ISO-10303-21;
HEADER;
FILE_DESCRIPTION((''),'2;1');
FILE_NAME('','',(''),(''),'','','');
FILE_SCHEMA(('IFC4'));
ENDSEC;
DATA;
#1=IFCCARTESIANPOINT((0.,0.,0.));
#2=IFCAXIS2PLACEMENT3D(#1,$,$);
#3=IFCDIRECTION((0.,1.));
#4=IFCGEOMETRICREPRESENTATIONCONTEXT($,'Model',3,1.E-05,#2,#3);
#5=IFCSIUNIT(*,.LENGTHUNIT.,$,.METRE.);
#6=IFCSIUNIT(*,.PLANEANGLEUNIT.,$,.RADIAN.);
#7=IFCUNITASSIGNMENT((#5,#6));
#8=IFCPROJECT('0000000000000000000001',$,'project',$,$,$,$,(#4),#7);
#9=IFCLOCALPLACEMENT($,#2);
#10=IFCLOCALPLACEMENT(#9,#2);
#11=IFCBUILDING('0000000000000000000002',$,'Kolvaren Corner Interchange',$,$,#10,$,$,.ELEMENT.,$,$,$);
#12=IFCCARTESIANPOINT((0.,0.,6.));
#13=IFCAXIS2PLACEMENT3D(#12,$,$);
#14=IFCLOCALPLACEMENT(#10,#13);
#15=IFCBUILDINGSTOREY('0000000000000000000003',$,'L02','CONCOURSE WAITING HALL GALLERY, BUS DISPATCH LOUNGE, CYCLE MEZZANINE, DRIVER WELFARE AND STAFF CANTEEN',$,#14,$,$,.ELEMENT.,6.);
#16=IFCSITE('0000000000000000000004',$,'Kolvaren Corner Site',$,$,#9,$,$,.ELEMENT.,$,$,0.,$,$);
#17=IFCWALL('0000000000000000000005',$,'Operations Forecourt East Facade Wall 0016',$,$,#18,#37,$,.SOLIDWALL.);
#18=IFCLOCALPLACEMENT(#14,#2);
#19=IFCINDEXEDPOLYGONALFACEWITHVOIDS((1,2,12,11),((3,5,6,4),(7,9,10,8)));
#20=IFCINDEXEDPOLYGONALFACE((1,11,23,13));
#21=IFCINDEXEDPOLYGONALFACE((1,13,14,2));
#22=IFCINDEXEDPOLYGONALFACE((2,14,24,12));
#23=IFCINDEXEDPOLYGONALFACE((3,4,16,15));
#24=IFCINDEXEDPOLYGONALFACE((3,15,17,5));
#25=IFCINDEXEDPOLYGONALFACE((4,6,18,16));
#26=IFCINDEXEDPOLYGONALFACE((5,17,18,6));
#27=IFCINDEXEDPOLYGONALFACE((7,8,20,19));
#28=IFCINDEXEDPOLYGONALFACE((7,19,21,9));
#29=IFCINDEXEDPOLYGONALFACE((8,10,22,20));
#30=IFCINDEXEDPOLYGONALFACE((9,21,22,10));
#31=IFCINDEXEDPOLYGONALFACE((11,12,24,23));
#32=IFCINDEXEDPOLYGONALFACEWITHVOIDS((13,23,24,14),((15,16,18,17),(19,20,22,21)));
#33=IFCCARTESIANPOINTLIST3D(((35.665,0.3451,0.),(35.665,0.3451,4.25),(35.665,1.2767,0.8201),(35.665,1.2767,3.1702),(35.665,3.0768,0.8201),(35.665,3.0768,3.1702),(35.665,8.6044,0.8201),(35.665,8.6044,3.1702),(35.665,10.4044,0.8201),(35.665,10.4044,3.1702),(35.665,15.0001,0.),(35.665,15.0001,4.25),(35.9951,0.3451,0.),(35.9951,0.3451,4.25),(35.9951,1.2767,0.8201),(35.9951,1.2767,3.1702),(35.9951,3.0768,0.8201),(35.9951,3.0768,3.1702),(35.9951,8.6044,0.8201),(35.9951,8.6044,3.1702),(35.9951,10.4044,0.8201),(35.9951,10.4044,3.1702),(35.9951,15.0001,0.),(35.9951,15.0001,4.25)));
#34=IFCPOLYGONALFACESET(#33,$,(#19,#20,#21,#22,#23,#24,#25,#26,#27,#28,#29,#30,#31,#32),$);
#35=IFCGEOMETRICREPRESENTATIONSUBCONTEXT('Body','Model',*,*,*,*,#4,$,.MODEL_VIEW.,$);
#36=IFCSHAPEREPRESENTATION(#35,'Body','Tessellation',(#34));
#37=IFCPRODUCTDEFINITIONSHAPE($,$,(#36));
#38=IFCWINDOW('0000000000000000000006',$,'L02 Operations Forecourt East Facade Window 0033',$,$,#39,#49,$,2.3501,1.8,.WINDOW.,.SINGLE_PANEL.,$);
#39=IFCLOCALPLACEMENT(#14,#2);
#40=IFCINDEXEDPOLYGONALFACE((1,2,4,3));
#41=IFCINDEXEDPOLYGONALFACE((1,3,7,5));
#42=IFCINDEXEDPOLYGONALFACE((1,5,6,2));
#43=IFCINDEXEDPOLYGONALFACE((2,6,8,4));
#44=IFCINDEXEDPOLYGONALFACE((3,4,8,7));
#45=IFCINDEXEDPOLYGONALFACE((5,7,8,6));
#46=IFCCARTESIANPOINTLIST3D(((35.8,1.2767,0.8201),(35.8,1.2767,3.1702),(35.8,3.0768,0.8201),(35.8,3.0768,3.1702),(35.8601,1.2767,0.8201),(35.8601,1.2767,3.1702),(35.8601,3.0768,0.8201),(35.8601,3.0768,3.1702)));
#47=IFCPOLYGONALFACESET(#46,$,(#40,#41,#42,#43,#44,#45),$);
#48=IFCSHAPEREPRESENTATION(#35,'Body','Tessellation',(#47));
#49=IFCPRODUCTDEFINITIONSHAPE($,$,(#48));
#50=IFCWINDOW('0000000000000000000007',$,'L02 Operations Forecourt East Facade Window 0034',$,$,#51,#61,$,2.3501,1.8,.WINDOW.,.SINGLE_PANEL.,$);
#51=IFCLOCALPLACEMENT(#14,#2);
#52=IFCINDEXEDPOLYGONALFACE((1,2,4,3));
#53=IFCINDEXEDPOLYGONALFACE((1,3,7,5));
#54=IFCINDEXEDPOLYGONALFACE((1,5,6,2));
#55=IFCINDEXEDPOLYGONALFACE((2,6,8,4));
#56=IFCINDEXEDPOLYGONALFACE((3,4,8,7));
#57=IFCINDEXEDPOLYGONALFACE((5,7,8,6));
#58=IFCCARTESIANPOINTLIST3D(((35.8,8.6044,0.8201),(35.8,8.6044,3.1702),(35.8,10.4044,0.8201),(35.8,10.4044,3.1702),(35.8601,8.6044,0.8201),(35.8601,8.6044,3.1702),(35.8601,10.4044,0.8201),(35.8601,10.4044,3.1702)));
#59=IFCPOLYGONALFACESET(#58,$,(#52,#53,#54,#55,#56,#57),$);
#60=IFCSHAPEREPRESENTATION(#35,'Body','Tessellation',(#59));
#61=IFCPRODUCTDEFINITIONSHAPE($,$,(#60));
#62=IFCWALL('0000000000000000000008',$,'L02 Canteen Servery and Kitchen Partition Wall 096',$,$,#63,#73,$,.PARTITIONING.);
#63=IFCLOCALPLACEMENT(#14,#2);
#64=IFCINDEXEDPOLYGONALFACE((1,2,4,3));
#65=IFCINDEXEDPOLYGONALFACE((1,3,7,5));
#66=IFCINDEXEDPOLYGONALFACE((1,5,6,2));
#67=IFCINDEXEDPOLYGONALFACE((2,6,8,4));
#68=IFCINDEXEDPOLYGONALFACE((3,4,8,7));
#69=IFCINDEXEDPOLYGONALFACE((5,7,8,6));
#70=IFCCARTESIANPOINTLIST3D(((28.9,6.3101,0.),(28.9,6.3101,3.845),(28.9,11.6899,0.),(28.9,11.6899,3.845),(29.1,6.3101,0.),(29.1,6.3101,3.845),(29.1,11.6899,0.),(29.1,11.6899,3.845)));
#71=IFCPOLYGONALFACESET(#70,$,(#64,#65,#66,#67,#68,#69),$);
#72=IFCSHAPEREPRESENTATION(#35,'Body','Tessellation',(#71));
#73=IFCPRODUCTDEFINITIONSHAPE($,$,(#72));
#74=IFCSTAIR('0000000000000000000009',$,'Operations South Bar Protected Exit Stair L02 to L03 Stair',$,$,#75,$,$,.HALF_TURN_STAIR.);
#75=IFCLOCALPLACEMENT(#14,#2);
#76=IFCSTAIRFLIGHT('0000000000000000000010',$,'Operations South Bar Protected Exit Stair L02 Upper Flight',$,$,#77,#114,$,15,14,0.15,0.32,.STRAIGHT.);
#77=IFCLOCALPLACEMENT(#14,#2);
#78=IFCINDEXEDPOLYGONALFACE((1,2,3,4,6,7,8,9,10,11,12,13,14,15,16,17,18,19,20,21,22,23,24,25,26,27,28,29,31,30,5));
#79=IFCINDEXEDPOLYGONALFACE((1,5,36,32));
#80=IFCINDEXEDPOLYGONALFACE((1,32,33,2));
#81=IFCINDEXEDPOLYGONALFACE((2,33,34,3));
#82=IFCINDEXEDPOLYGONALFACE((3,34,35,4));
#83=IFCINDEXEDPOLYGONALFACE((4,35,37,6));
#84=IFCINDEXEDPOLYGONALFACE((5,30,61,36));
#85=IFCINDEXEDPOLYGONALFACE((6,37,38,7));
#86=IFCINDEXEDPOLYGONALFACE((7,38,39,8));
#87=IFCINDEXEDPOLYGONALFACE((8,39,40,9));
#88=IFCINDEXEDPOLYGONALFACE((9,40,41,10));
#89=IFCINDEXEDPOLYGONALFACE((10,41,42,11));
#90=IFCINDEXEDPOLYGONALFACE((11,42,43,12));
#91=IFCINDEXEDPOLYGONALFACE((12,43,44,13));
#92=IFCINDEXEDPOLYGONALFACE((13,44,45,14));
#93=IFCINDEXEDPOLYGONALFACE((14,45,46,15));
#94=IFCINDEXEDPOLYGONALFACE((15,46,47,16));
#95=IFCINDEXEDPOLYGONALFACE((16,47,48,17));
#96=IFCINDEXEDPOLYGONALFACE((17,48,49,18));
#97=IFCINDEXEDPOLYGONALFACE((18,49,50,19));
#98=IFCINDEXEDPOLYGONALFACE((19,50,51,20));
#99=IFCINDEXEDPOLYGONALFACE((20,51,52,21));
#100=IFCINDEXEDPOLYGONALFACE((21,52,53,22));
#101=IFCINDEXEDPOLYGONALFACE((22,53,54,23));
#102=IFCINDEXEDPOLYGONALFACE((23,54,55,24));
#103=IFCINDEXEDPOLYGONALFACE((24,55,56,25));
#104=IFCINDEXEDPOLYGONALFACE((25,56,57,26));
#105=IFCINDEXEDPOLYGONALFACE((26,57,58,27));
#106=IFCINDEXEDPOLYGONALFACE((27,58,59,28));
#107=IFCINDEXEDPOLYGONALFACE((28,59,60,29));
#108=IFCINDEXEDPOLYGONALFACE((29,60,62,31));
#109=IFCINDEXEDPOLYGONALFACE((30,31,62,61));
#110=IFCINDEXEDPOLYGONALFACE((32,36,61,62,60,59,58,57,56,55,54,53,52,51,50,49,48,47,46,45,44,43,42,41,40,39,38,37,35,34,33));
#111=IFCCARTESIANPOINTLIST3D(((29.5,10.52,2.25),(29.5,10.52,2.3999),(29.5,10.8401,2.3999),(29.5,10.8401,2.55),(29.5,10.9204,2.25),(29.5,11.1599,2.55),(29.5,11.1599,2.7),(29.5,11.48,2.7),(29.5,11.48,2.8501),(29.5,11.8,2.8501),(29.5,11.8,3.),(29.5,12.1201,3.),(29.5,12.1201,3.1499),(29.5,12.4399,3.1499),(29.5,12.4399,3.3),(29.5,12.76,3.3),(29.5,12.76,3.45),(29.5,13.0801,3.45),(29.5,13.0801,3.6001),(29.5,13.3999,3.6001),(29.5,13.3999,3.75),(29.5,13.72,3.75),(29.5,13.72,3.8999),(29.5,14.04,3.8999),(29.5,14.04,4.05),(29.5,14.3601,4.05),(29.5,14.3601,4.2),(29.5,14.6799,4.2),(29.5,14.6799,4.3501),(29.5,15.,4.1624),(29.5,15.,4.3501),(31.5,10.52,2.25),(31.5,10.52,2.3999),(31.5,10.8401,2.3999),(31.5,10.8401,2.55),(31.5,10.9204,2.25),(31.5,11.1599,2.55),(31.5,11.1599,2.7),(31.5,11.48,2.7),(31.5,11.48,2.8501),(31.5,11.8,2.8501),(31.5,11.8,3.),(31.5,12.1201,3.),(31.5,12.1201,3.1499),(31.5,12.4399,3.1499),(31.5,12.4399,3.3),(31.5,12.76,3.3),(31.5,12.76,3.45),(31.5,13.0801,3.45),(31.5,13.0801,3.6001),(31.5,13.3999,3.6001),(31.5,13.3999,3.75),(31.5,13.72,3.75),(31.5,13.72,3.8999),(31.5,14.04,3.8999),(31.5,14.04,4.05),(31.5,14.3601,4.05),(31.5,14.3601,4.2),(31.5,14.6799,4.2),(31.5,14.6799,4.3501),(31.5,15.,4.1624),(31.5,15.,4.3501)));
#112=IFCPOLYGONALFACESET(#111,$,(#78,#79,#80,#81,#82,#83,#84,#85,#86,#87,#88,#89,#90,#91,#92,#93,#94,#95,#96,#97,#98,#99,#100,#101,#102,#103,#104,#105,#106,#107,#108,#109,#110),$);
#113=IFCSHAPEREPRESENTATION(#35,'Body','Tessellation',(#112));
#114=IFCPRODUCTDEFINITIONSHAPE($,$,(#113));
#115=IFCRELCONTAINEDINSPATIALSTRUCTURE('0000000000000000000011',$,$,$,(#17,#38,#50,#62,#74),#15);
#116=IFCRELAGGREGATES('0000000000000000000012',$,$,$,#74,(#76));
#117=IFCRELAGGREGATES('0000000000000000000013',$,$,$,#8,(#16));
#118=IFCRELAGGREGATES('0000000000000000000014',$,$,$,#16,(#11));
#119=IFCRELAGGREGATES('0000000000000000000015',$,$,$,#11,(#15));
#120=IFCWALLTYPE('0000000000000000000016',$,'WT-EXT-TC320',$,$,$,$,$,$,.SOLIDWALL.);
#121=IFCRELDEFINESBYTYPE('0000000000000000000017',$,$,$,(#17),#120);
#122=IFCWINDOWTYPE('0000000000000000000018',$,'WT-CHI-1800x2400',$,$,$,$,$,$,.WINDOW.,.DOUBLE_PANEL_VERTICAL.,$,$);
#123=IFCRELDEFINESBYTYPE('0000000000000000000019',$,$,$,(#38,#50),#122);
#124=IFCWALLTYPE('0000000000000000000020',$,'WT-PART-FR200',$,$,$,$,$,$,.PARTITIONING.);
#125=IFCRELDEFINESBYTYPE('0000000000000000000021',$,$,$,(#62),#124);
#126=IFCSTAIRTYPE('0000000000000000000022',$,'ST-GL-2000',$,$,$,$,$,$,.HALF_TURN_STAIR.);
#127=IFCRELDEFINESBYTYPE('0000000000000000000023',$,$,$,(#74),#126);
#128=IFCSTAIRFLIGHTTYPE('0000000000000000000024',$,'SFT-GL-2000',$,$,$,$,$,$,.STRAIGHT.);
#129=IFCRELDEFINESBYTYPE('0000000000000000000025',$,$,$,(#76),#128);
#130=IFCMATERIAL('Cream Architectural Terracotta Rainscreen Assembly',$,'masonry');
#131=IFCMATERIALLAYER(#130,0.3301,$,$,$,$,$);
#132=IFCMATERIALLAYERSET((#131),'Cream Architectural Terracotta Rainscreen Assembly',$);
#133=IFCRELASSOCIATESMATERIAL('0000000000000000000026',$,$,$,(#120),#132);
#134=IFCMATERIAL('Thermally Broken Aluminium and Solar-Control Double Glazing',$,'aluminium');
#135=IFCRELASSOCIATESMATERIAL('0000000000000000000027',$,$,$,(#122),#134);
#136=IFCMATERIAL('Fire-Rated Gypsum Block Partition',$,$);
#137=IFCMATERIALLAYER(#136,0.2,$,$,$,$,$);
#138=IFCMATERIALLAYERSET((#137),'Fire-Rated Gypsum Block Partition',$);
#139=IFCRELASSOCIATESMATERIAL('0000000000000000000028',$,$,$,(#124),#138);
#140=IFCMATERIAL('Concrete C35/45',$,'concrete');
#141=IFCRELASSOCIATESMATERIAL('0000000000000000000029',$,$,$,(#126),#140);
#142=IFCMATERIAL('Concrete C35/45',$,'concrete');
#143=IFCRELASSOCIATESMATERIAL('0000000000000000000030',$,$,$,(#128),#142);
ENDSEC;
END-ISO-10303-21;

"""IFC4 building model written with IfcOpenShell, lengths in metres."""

from ifc_helpers import new_model, si_unit, direction, frame, frame_2d, origin, place, context, subcontext, project, spatial, polyline, rectangle, outline, extrude, material, layer, layer_set, type_object, element, fill, aggregate, save


model = new_model("IFC4")

# Units and contexts
model_context = context("Model", 3, precision=1e-05, world=origin(), true_north=direction((0.0, 1.0)))
body_context = subcontext(model_context, "Body", "Model", "MODEL_VIEW")
ifc_project = project(units=[si_unit("LENGTHUNIT", "METRE"), si_unit("PLANEANGLEUNIT", "RADIAN")], contexts=[model_context])

# Site, building, storey
site_placement = place(None, origin())
site = spatial("IfcSite", under=ifc_project, at=site_placement, Name="Kolvaren Corner Site", CompositionType="ELEMENT", RefElevation=0.0)
building_placement = place(site_placement, origin())
building = spatial("IfcBuilding", under=site, at=building_placement, Name="Kolvaren Corner Interchange", CompositionType="ELEMENT")
storey_placement = place(building_placement, frame((0.0, 0.0, 6.0)))
storey = spatial("IfcBuildingStorey", under=building, at=storey_placement, Name="L02", Description="CONCOURSE WAITING HALL GALLERY, BUS DISPATCH LOUNGE, CYCLE MEZZANINE, DRIVER WELFARE AND STAFF CANTEEN", CompositionType="ELEMENT", Elevation=6.0)

# Shared definitions
ifc_material_1 = material(Name="Cream Architectural Terracotta Rainscreen Assembly", Category="masonry")
ifc_layer_1 = layer(ifc_material_1, 0.3301)
ifc_layer_set_1 = layer_set([ifc_layer_1], Name="Cream Architectural Terracotta Rainscreen Assembly")
wall_type_1 = type_object("IfcWallType", Name="WT-EXT-TC320", PredefinedType="SOLIDWALL", material=ifc_layer_set_1)

# Wall, openings, windows
wall_1_placement = place(storey_placement, frame((35.8301, 0.345, 0.0), z_axis=(0.0, 0.0, 1.0), x_axis=(0.0, 1.0, 0.0)))
wall_1 = element("IfcWall", 1, at=wall_1_placement, inside=storey, type_object=wall_type_1, Name="Operations Forecourt East Facade Wall 0016", PredefinedType="SOLIDWALL", context=body_context, shape_type="SweptSolid", body=[
    extrude(rectangle(XDim=14.655, YDim=0.3301, at=frame_2d((7.3276, 0.0))), origin(), (0.0, 0.0, 1.0), 4.25),
])
opening_1_placement = place(wall_1_placement, frame((0.9319, 0.0, 0.8201)))
opening_1 = element("IfcOpeningElement", 2, at=opening_1_placement, cuts=wall_1, PredefinedType="OPENING", context=body_context, shape_type="SweptSolid", body=[
    extrude(rectangle(XDim=1.8, YDim=2.3501, at=frame_2d((0.8999, 1.175))), frame((0.0, 0.175, 0.0), z_axis=(0.0, -1.0, 0.0), x_axis=(1.0, 0.0, 0.0)), (0.0, 0.0, 1.0), 0.3501),
])
opening_2_placement = place(wall_1_placement, frame((8.2595, 0.0, 0.8201)))
opening_2 = element("IfcOpeningElement", 3, at=opening_2_placement, cuts=wall_1, PredefinedType="OPENING", context=body_context, shape_type="SweptSolid", body=[
    extrude(rectangle(XDim=1.8, YDim=2.3501, at=frame_2d((0.8999, 1.175))), frame((0.0, 0.175, 0.0), z_axis=(0.0, -1.0, 0.0), x_axis=(1.0, 0.0, 0.0)), (0.0, 0.0, 1.0), 0.3501),
])
ifc_material_2 = material(Name="Thermally Broken Aluminium and Solar-Control Double Glazing", Category="aluminium")
window_type_1 = type_object("IfcWindowType", Name="WT-CHI-1800x2400", PartitioningType="DOUBLE_PANEL_VERTICAL", PredefinedType="WINDOW", material=ifc_material_2)
window_1_placement = place(opening_1_placement, origin())
window_1 = element("IfcWindow", 4, at=window_1_placement, inside=storey, type_object=window_type_1, Name="L02 Operations Forecourt East Facade Window 0033", OverallHeight=2.3501, OverallWidth=1.8, PartitioningType="SINGLE_PANEL", PredefinedType="WINDOW", context=body_context, shape_type="SweptSolid", body=[
    extrude(rectangle(XDim=1.8, YDim=2.3501, at=frame_2d((0.8999, 1.175))), frame((0.0, 0.03, 0.0), z_axis=(0.0, -1.0, 0.0), x_axis=(1.0, 0.0, 0.0)), (0.0, 0.0, 1.0), 0.0601),
])
fill(opening_1, window_1)
window_2_placement = place(opening_2_placement, origin())
window_2 = element("IfcWindow", 5, at=window_2_placement, inside=storey, type_object=window_type_1, Name="L02 Operations Forecourt East Facade Window 0034", OverallHeight=2.3501, OverallWidth=1.8, PartitioningType="SINGLE_PANEL", PredefinedType="WINDOW", context=body_context, shape_type="SweptSolid", body=[
    extrude(rectangle(XDim=1.8, YDim=2.3501, at=frame_2d((0.8999, 1.175))), frame((0.0, 0.03, 0.0), z_axis=(0.0, -1.0, 0.0), x_axis=(1.0, 0.0, 0.0)), (0.0, 0.0, 1.0), 0.0601),
])
fill(opening_2, window_2)

# Wall
ifc_material_3 = material(Name="Fire-Rated Gypsum Block Partition")
ifc_layer_2 = layer(ifc_material_3, 0.2)
ifc_layer_set_2 = layer_set([ifc_layer_2], Name="Fire-Rated Gypsum Block Partition")
wall_type_2 = type_object("IfcWallType", Name="WT-PART-FR200", PredefinedType="PARTITIONING", material=ifc_layer_set_2)
wall_2_placement = place(storey_placement, frame((29.0, 6.3101, 0.0), z_axis=(0.0, 0.0, 1.0), x_axis=(0.0, 1.0, 0.0)))
element("IfcWall", 6, at=wall_2_placement, inside=storey, type_object=wall_type_2, Name="L02 Canteen Servery and Kitchen Partition Wall 096", PredefinedType="PARTITIONING", context=body_context, shape_type="SweptSolid", body=[
    extrude(rectangle(XDim=5.3799, YDim=0.2, at=frame_2d((2.6899, 0.0))), origin(), (0.0, 0.0, 1.0), 3.845),
])

# Stair, stair flight
ifc_material_4 = material(Name="Concrete C35/45", Category="concrete")
stair_type = type_object("IfcStairType", Name="ST-GL-2000", PredefinedType="HALF_TURN_STAIR", material=ifc_material_4)
stair_placement = place(storey_placement, origin())
stair = element("IfcStair", 7, at=stair_placement, inside=storey, type_object=stair_type, Name="Operations South Bar Protected Exit Stair L02 to L03 Stair", PredefinedType="HALF_TURN_STAIR")
ifc_material_5 = material(Name="Concrete C35/45", Category="concrete")
stair_flight_type = type_object("IfcStairFlightType", Name="SFT-GL-2000", PredefinedType="STRAIGHT", material=ifc_material_5)
stair_flight_placement = place(storey_placement, frame((30.5, 10.52, 2.25), z_axis=(0.0, 0.0, 1.0), x_axis=(0.0, 1.0, 0.0)))
stair_flight = element("IfcStairFlight", 8, at=stair_flight_placement, type_object=stair_flight_type, Name="Operations South Bar Protected Exit Stair L02 Upper Flight", NumberOfRisers=15, NumberOfTreads=14, PredefinedType="STRAIGHT", RiserHeight=0.15, TreadLength=0.32, context=body_context, shape_type="SweptSolid", body=[
    extrude(outline(polyline([(0.0, 0.0), (0.0, 0.1499), (0.3201, 0.1499), (0.3201, 0.3), (0.6399, 0.3), (0.6399, 0.45), (0.96, 0.45), (0.96, 0.6001), (1.28, 0.6001), (1.28, 0.75), (1.6001, 0.75), (1.6001, 0.8999), (1.9199, 0.8999), (1.9199, 1.05), (2.24, 1.05), (2.24, 1.2), (2.5601, 1.2), (2.5601, 1.3501), (2.8799, 1.3501), (2.8799, 1.5), (3.2, 1.5), (3.2, 1.6499), (3.52, 1.6499), (3.52, 1.8), (3.8401, 1.8), (3.8401, 1.95), (4.1599, 1.95), (4.1599, 2.1001), (4.48, 2.1001), (4.48, 2.25), (4.48, 1.9124), (0.4004, 0.0), (0.0, 0.0)])), frame((0.0, 1.0, 0.0), z_axis=(0.0, -1.0, 0.0), x_axis=(1.0, 0.0, 0.0)), (0.0, 0.0, 1.0), 2.0),
])
aggregate(stair, [stair_flight])

save(model, "model.ifc")
